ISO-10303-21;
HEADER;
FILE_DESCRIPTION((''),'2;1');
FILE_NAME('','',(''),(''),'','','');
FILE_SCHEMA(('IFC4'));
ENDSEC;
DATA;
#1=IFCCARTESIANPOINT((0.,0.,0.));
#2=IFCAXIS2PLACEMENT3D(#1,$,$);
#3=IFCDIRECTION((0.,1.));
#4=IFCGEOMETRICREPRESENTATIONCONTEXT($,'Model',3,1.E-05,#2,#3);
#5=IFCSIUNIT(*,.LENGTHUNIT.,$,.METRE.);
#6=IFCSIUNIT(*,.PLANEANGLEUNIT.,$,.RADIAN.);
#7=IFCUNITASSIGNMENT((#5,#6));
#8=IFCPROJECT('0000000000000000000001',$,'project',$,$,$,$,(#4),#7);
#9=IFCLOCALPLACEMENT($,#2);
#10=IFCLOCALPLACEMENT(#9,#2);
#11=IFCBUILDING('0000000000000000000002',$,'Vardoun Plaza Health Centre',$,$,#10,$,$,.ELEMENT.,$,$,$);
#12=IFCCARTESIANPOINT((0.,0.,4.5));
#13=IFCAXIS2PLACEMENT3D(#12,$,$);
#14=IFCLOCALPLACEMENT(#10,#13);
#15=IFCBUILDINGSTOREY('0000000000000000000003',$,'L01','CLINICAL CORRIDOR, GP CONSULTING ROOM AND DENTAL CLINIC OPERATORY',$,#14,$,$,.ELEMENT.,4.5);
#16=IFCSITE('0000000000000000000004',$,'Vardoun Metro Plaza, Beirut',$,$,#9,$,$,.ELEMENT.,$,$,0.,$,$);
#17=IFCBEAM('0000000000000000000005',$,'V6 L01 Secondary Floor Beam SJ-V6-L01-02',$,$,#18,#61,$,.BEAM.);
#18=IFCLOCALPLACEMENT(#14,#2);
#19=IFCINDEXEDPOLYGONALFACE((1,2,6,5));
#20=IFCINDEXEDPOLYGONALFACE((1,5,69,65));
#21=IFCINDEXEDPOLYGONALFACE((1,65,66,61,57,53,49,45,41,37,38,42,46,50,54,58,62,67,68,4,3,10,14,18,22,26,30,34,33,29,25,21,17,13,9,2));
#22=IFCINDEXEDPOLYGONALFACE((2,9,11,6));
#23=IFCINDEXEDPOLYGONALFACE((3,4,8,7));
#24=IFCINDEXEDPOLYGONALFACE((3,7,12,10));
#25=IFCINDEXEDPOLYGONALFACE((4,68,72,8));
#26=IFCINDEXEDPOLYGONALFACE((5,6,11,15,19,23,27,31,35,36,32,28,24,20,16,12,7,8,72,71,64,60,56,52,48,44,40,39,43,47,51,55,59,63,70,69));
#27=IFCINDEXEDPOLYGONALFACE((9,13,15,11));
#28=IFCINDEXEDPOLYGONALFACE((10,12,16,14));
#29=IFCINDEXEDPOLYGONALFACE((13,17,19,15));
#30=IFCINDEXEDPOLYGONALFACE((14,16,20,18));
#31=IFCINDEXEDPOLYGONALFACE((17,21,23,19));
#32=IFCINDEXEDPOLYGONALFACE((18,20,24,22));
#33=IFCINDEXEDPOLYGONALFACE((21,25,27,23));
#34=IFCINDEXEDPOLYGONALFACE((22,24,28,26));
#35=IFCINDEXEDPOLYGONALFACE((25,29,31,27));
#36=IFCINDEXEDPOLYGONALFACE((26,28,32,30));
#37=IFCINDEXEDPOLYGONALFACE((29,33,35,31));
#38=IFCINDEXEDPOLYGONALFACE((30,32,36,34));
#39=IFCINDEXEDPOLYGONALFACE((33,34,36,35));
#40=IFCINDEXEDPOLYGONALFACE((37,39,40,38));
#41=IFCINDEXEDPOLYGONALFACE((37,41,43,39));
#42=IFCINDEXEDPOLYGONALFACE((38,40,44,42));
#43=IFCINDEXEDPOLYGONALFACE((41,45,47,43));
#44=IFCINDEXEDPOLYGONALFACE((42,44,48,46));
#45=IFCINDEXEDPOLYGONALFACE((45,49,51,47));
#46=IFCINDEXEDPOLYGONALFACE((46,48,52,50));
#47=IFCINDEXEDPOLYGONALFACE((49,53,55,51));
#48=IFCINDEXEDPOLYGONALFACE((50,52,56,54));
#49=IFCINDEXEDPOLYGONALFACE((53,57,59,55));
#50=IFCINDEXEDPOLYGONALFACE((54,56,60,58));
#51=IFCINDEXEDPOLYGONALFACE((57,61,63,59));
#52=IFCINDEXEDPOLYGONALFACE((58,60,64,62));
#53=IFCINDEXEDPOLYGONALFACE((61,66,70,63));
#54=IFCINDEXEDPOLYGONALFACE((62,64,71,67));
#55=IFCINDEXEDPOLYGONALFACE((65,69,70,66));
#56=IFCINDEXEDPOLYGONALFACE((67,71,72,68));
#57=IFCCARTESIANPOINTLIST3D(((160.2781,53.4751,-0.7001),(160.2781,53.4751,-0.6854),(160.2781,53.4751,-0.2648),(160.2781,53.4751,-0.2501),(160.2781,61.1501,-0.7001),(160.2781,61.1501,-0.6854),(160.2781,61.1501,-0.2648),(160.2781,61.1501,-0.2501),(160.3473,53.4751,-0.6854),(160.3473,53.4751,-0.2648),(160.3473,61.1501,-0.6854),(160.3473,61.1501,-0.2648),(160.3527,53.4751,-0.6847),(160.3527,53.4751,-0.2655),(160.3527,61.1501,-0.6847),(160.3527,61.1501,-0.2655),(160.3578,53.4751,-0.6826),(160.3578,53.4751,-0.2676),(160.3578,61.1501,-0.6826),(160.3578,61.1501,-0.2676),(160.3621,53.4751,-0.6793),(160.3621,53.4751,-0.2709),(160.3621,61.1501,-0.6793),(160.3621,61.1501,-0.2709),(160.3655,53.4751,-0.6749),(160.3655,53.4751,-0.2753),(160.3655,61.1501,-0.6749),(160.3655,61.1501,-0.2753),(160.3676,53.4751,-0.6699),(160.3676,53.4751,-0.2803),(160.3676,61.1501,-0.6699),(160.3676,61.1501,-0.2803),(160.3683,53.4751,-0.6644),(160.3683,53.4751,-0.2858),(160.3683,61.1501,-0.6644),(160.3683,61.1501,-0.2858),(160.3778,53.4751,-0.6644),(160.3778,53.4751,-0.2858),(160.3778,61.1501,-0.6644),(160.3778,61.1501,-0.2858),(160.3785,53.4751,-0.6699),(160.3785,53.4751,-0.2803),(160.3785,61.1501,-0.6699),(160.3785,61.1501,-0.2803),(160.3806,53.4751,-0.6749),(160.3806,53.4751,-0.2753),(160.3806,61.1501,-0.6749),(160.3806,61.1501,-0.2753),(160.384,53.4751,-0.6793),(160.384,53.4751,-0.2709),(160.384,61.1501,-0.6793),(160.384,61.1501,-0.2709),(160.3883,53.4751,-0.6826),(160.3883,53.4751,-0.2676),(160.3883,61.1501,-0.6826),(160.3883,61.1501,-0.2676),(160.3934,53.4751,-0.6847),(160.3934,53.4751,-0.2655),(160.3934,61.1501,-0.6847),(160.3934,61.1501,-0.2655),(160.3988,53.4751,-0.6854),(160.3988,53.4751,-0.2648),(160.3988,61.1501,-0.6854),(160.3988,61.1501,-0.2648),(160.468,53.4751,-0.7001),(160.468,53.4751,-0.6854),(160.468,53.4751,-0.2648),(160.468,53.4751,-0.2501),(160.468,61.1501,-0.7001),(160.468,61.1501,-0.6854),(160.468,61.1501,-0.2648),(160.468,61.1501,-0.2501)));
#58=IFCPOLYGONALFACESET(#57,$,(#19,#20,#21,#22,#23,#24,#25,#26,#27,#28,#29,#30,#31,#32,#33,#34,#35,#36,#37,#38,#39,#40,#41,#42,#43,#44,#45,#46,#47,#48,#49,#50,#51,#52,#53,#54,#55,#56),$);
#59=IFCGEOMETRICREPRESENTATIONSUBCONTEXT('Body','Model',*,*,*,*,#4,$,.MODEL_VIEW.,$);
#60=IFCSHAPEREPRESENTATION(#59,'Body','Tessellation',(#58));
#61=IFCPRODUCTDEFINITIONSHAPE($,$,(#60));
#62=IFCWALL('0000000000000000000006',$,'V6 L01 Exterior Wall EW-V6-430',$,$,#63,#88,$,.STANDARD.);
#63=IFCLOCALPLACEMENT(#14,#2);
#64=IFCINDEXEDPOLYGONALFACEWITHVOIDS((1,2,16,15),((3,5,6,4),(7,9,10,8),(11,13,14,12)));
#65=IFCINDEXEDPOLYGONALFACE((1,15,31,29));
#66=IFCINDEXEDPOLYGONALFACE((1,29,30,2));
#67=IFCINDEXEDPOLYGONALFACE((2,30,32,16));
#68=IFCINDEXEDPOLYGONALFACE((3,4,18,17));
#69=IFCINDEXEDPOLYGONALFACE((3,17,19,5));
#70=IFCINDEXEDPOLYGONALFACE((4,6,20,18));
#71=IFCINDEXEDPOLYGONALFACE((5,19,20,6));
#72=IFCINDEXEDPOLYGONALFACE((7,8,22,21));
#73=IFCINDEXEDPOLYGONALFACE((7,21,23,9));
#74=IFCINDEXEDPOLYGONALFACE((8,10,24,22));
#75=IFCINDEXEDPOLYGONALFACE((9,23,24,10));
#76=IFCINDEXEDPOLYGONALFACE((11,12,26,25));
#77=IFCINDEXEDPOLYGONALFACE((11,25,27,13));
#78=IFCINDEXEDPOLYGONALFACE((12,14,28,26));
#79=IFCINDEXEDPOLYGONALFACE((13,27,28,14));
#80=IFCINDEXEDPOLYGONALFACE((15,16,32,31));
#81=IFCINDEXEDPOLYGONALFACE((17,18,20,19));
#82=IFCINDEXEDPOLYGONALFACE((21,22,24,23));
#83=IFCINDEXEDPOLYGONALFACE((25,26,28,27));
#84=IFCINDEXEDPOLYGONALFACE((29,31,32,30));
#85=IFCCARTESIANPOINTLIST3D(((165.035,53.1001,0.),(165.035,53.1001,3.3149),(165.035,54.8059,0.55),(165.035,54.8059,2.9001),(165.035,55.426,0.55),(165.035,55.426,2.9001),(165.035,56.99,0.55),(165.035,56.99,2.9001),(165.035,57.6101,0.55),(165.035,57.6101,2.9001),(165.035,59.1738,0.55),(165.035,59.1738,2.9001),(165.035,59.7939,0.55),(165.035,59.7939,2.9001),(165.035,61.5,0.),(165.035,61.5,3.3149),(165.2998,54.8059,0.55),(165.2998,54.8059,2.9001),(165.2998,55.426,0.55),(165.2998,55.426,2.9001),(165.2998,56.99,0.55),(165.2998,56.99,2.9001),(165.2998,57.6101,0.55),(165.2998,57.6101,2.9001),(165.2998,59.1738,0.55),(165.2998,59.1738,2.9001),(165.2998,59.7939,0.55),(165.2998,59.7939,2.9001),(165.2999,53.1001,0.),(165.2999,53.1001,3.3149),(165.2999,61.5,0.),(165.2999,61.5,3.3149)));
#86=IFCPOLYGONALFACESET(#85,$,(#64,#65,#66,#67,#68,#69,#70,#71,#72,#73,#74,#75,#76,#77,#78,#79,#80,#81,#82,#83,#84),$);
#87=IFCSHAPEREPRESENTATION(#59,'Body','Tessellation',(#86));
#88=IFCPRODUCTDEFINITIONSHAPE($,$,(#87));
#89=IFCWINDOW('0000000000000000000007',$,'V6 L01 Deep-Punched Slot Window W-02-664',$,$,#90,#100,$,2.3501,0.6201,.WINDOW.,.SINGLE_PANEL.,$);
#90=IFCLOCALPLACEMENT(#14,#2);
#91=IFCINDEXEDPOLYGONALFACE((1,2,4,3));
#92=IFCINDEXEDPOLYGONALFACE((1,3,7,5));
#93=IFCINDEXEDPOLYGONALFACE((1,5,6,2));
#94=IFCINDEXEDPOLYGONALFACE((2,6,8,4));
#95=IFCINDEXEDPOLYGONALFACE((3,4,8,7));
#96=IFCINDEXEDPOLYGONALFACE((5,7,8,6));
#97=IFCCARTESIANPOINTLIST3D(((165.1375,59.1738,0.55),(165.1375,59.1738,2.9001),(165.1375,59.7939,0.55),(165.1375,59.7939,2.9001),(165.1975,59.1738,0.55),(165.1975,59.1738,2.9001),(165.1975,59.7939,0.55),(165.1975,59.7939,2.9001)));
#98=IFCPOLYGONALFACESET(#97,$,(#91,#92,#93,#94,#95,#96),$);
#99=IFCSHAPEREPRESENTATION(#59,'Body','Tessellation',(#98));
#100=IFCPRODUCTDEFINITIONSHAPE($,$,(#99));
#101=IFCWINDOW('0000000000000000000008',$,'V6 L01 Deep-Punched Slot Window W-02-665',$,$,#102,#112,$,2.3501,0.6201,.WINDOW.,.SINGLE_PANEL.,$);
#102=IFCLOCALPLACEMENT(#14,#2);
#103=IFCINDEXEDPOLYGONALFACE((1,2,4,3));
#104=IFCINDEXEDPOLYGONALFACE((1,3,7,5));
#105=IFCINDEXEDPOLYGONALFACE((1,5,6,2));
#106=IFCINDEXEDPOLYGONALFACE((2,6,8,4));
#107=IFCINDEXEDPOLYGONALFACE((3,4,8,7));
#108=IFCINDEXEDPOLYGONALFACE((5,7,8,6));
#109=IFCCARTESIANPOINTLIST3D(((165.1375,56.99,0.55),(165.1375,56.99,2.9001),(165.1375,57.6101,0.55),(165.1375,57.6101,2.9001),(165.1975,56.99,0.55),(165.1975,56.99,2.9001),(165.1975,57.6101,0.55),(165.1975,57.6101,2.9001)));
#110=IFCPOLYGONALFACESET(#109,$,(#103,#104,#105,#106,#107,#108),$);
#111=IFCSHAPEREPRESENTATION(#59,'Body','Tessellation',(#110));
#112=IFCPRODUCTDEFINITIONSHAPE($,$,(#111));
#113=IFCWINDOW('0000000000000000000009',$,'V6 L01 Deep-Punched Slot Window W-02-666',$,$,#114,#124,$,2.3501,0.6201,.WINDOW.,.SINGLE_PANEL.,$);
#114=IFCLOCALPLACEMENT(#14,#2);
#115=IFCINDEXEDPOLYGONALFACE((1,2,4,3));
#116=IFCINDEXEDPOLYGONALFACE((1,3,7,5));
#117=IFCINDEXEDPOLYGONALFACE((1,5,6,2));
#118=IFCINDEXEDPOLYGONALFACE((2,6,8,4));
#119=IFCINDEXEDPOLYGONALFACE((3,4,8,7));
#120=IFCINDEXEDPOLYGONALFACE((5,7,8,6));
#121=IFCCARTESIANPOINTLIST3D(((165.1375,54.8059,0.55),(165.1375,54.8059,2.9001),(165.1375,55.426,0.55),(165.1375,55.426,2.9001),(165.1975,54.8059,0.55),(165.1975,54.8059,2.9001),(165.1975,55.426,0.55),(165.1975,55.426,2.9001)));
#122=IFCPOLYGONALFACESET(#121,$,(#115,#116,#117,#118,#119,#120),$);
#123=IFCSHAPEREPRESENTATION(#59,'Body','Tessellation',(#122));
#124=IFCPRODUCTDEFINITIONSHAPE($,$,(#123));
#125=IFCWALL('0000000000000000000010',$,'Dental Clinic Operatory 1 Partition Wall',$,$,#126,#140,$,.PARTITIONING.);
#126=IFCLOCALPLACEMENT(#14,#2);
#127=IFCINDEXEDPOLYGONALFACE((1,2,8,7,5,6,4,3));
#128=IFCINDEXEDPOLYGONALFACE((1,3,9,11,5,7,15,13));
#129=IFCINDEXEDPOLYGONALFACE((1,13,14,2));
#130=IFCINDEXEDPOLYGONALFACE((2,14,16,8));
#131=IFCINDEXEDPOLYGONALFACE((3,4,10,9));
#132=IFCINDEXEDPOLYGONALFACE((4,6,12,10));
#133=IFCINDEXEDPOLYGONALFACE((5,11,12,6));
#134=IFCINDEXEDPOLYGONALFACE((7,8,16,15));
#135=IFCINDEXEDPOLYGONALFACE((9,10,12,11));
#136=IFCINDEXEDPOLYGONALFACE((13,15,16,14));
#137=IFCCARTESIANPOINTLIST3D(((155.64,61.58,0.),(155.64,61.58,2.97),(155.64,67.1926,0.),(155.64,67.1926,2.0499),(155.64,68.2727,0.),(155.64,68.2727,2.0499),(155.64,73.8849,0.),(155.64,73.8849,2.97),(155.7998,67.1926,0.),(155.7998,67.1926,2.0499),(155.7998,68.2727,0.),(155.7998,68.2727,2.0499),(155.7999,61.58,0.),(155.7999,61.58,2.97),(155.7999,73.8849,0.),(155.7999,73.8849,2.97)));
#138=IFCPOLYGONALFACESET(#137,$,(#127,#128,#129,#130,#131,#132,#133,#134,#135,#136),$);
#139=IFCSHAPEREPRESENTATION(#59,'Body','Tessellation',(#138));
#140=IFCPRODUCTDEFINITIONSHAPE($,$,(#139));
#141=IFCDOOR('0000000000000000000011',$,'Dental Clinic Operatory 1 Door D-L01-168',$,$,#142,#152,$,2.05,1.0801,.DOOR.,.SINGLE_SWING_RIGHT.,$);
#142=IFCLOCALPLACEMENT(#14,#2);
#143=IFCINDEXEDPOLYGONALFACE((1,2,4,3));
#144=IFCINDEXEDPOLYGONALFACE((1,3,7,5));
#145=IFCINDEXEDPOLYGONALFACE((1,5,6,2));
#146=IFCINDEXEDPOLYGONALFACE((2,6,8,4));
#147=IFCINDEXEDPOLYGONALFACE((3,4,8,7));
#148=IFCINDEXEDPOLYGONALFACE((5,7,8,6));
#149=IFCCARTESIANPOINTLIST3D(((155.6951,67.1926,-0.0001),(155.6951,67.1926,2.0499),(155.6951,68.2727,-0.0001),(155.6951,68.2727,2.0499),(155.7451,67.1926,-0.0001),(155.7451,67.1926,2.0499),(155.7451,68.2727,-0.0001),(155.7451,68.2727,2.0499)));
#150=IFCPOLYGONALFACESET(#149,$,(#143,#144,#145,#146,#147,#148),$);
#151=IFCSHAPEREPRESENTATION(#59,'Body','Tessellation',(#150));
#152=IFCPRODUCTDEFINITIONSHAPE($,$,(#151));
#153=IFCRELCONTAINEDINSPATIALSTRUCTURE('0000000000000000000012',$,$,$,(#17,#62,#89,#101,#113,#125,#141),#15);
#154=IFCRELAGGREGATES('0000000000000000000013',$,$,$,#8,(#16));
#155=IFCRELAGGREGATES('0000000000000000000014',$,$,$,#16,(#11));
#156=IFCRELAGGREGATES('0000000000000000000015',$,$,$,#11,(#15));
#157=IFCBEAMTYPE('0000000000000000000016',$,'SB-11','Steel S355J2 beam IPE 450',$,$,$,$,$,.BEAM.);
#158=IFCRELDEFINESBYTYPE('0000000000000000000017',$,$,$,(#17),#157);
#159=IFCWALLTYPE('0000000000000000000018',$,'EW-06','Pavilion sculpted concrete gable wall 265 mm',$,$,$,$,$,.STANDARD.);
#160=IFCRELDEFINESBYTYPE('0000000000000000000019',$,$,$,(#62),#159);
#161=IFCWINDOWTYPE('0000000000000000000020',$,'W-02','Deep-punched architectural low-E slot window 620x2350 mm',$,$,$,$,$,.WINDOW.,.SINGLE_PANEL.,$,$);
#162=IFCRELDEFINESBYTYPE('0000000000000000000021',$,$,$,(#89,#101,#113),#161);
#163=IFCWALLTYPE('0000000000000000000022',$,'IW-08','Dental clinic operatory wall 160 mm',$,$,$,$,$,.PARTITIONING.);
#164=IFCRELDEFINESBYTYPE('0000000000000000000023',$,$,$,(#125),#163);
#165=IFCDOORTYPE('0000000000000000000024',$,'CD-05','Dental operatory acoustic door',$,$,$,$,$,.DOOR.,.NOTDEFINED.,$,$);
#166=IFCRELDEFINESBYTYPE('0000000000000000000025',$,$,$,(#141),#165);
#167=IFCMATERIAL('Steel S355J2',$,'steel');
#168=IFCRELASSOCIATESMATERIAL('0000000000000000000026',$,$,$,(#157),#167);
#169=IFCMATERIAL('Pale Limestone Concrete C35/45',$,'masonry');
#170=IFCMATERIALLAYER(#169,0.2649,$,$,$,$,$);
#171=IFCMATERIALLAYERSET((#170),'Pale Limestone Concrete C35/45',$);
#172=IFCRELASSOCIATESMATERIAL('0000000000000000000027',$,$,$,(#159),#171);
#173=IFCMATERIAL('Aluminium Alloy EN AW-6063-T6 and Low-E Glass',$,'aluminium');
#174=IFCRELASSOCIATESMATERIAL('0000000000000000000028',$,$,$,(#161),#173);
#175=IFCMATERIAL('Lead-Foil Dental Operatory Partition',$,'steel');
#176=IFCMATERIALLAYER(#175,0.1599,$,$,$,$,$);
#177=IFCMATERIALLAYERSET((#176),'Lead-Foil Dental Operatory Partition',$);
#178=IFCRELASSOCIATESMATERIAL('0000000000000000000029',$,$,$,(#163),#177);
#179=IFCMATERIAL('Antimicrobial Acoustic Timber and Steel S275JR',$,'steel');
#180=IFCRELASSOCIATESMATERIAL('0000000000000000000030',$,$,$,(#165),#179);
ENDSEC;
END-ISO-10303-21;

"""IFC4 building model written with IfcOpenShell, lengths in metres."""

from ifc_helpers import new_model, si_unit, direction, frame, frame_2d, origin, origin_2d, place, context, subcontext, project, spatial, rectangle, i_section, extrude, material, layer, layer_set, material_profile, profile_set, type_object, element, fill, save


model = new_model("IFC4")

# Units and contexts
model_context = context("Model", 3, precision=1e-05, world=origin(), true_north=direction((0.0, 1.0)))
body_context = subcontext(model_context, "Body", "Model", "MODEL_VIEW")
ifc_project = project(units=[si_unit("LENGTHUNIT", "METRE"), si_unit("PLANEANGLEUNIT", "RADIAN")], contexts=[model_context])

# Site, building, storey
site_placement = place(None, origin())
site = spatial("IfcSite", under=ifc_project, at=site_placement, Name="Vardoun Metro Plaza, Beirut", CompositionType="ELEMENT", RefElevation=0.0)
building_placement = place(site_placement, origin())
building = spatial("IfcBuilding", under=site, at=building_placement, Name="Vardoun Plaza Health Centre", CompositionType="ELEMENT")
storey_placement = place(building_placement, frame((0.0, 0.0, 4.5)))
storey = spatial("IfcBuildingStorey", under=building, at=storey_placement, Name="L01", Description="CLINICAL CORRIDOR, GP CONSULTING ROOM AND DENTAL CLINIC OPERATORY", CompositionType="ELEMENT", Elevation=4.5)

# Beam
ifc_material_1 = material(Name="Steel S355J2", Category="steel")
ifc_material_profile_1 = material_profile(ifc_material_1, i_section(OverallWidth=0.1899, OverallDepth=0.45, WebThickness=0.0095, FlangeThickness=0.0146, FilletRadius=0.021, at=origin_2d()), Name="IPE 450")
ifc_profile_set_1 = profile_set([ifc_material_profile_1], Name="Steel S355J2")
beam_type_1 = type_object("IfcBeamType", Name="SB-11", Description="Steel S355J2 beam IPE 450", PredefinedType="BEAM", material=ifc_profile_set_1)
beam_1_placement = place(storey_placement, frame((160.373, 53.4751, -0.4751), z_axis=(0.0, 1.0, 0.0), x_axis=(-1.0, 0.0, 0.0)))
element("IfcBeam", 1, at=beam_1_placement, inside=storey, type_object=beam_type_1, Name="V6 L01 Secondary Floor Beam SJ-V6-L01-02", PredefinedType="BEAM", context=body_context, shape_type="SweptSolid", body=[
    extrude(i_section(OverallWidth=0.1899, OverallDepth=0.45, WebThickness=0.0095, FlangeThickness=0.0146, FilletRadius=0.021, at=origin_2d()), origin(), (0.0, 0.0, 1.0), 7.675),
])

# Wall, openings, windows
ifc_material_2 = material(Name="Pale Limestone Concrete C35/45", Category="masonry")
ifc_layer_1 = layer(ifc_material_2, 0.2649)
ifc_layer_set_1 = layer_set([ifc_layer_1], Name="Pale Limestone Concrete C35/45")
wall_type_1 = type_object("IfcWallType", Name="EW-06", Description="Pavilion sculpted concrete gable wall 265 mm", PredefinedType="STANDARD", material=ifc_layer_set_1)
wall_1_placement = place(storey_placement, frame((165.1675, 61.5, 0.0), z_axis=(0.0, 0.0, 1.0), x_axis=(0.0, -1.0, 0.0)))
wall_1 = element("IfcWall", 2, at=wall_1_placement, inside=storey, type_object=wall_type_1, Name="V6 L01 Exterior Wall EW-V6-430", PredefinedType="STANDARD", context=body_context, shape_type="SweptSolid", body=[
    extrude(rectangle(XDim=8.3999, YDim=0.2649, at=frame_2d((4.2, 0.0))), origin(), (0.0, 0.0, 1.0), 3.3149),
])
opening_1_placement = place(wall_1_placement, frame((1.7061, 0.0, 0.55)))
opening_1 = element("IfcOpeningElement", 3, at=opening_1_placement, cuts=wall_1, PredefinedType="OPENING", context=body_context, shape_type="SweptSolid", body=[
    extrude(rectangle(XDim=0.6201, YDim=2.3501, at=frame_2d((0.3101, 1.175))), frame((0.0, 0.1323, 0.0), z_axis=(0.0, -1.0, 0.0), x_axis=(1.0, 0.0, 0.0)), (0.0, 0.0, 1.0), 0.2649),
])
opening_2_placement = place(wall_1_placement, frame((3.8899, 0.0, 0.55)))
opening_2 = element("IfcOpeningElement", 4, at=opening_2_placement, cuts=wall_1, PredefinedType="OPENING", context=body_context, shape_type="SweptSolid", body=[
    extrude(rectangle(XDim=0.6201, YDim=2.3501, at=frame_2d((0.3101, 1.175))), frame((0.0, 0.1323, 0.0), z_axis=(0.0, -1.0, 0.0), x_axis=(1.0, 0.0, 0.0)), (0.0, 0.0, 1.0), 0.2649),
])
opening_3_placement = place(wall_1_placement, frame((6.074, 0.0, 0.55)))
opening_3 = element("IfcOpeningElement", 5, at=opening_3_placement, cuts=wall_1, PredefinedType="OPENING", context=body_context, shape_type="SweptSolid", body=[
    extrude(rectangle(XDim=0.6201, YDim=2.3501, at=frame_2d((0.3101, 1.175))), frame((0.0, 0.1323, 0.0), z_axis=(0.0, -1.0, 0.0), x_axis=(1.0, 0.0, 0.0)), (0.0, 0.0, 1.0), 0.2649),
])
ifc_material_3 = material(Name="Aluminium Alloy EN AW-6063-T6 and Low-E Glass", Category="aluminium")
window_type = type_object("IfcWindowType", Name="W-02", Description="Deep-punched architectural low-E slot window 620x2350 mm", PartitioningType="SINGLE_PANEL", PredefinedType="WINDOW", material=ifc_material_3)
window_1_placement = place(opening_1_placement, origin())
window_1 = element("IfcWindow", 6, at=window_1_placement, inside=storey, type_object=window_type, Name="V6 L01 Deep-Punched Slot Window W-02-664", OverallHeight=2.3501, OverallWidth=0.6201, PartitioningType="SINGLE_PANEL", PredefinedType="WINDOW", context=body_context, shape_type="SweptSolid", body=[
    extrude(rectangle(XDim=0.6201, YDim=2.3501, at=frame_2d((0.3101, 1.175))), frame((0.0, 0.03, 0.0), z_axis=(0.0, -1.0, 0.0), x_axis=(1.0, 0.0, 0.0)), (0.0, 0.0, 1.0), 0.0601),
])
fill(opening_1, window_1)
window_2_placement = place(opening_2_placement, origin())
window_2 = element("IfcWindow", 7, at=window_2_placement, inside=storey, type_object=window_type, Name="V6 L01 Deep-Punched Slot Window W-02-665", OverallHeight=2.3501, OverallWidth=0.6201, PartitioningType="SINGLE_PANEL", PredefinedType="WINDOW", context=body_context, shape_type="SweptSolid", body=[
    extrude(rectangle(XDim=0.6201, YDim=2.3501, at=frame_2d((0.3101, 1.175))), frame((0.0, 0.03, 0.0), z_axis=(0.0, -1.0, 0.0), x_axis=(1.0, 0.0, 0.0)), (0.0, 0.0, 1.0), 0.0601),
])
fill(opening_2, window_2)
window_3_placement = place(opening_3_placement, origin())
window_3 = element("IfcWindow", 8, at=window_3_placement, inside=storey, type_object=window_type, Name="V6 L01 Deep-Punched Slot Window W-02-666", OverallHeight=2.3501, OverallWidth=0.6201, PartitioningType="SINGLE_PANEL", PredefinedType="WINDOW", context=body_context, shape_type="SweptSolid", body=[
    extrude(rectangle(XDim=0.6201, YDim=2.3501, at=frame_2d((0.3101, 1.175))), frame((0.0, 0.03, 0.0), z_axis=(0.0, -1.0, 0.0), x_axis=(1.0, 0.0, 0.0)), (0.0, 0.0, 1.0), 0.0601),
])
fill(opening_3, window_3)

# Wall, opening, door
ifc_material_4 = material(Name="Lead-Foil Dental Operatory Partition", Category="steel")
ifc_layer_2 = layer(ifc_material_4, 0.1599)
ifc_layer_set_2 = layer_set([ifc_layer_2], Name="Lead-Foil Dental Operatory Partition")
wall_type_2 = type_object("IfcWallType", Name="IW-08", Description="Dental clinic operatory wall 160 mm", PredefinedType="PARTITIONING", material=ifc_layer_set_2)
wall_2_placement = place(storey_placement, frame((155.72, 61.5801, 0.0), z_axis=(0.0, 0.0, 1.0), x_axis=(0.0, 1.0, 0.0)))
wall_2 = element("IfcWall", 9, at=wall_2_placement, inside=storey, type_object=wall_type_2, Name="Dental Clinic Operatory 1 Partition Wall", PredefinedType="PARTITIONING", context=body_context, shape_type="SweptSolid", body=[
    extrude(rectangle(XDim=12.3049, YDim=0.1599, at=frame_2d((6.1523, 0.0))), origin(), (0.0, 0.0, 1.0), 2.97),
])
opening_4_placement = place(wall_2_placement, frame((5.6125, 0.0, 0.0)))
opening_4 = element("IfcOpeningElement", 10, at=opening_4_placement, cuts=wall_2, PredefinedType="OPENING", context=body_context, shape_type="SweptSolid", body=[
    extrude(rectangle(XDim=1.0801, YDim=2.05, at=frame_2d((0.54, 1.0249))), frame((0.0, 0.0801, 0.0), z_axis=(0.0, -1.0, 0.0), x_axis=(1.0, 0.0, 0.0)), (0.0, 0.0, 1.0), 0.1599),
])
ifc_material_5 = material(Name="Antimicrobial Acoustic Timber and Steel S275JR", Category="steel")
door_type = type_object("IfcDoorType", Name="CD-05", Description="Dental operatory acoustic door", OperationType="NOTDEFINED", PredefinedType="DOOR", material=ifc_material_5)
door_1_placement = place(opening_4_placement, origin())
door_1 = element("IfcDoor", 11, at=door_1_placement, inside=storey, type_object=door_type, Name="Dental Clinic Operatory 1 Door D-L01-168", OperationType="SINGLE_SWING_RIGHT", OverallHeight=2.05, OverallWidth=1.0801, PredefinedType="DOOR", context=body_context, shape_type="SweptSolid", body=[
    extrude(rectangle(XDim=1.0801, YDim=2.05, at=frame_2d((0.54, 1.0249))), frame((0.0, 0.0249, 0.0), z_axis=(0.0, -1.0, 0.0), x_axis=(1.0, 0.0, 0.0)), (0.0, 0.0, 1.0), 0.05),
])
fill(opening_4, door_1)

save(model, "model.ifc")
